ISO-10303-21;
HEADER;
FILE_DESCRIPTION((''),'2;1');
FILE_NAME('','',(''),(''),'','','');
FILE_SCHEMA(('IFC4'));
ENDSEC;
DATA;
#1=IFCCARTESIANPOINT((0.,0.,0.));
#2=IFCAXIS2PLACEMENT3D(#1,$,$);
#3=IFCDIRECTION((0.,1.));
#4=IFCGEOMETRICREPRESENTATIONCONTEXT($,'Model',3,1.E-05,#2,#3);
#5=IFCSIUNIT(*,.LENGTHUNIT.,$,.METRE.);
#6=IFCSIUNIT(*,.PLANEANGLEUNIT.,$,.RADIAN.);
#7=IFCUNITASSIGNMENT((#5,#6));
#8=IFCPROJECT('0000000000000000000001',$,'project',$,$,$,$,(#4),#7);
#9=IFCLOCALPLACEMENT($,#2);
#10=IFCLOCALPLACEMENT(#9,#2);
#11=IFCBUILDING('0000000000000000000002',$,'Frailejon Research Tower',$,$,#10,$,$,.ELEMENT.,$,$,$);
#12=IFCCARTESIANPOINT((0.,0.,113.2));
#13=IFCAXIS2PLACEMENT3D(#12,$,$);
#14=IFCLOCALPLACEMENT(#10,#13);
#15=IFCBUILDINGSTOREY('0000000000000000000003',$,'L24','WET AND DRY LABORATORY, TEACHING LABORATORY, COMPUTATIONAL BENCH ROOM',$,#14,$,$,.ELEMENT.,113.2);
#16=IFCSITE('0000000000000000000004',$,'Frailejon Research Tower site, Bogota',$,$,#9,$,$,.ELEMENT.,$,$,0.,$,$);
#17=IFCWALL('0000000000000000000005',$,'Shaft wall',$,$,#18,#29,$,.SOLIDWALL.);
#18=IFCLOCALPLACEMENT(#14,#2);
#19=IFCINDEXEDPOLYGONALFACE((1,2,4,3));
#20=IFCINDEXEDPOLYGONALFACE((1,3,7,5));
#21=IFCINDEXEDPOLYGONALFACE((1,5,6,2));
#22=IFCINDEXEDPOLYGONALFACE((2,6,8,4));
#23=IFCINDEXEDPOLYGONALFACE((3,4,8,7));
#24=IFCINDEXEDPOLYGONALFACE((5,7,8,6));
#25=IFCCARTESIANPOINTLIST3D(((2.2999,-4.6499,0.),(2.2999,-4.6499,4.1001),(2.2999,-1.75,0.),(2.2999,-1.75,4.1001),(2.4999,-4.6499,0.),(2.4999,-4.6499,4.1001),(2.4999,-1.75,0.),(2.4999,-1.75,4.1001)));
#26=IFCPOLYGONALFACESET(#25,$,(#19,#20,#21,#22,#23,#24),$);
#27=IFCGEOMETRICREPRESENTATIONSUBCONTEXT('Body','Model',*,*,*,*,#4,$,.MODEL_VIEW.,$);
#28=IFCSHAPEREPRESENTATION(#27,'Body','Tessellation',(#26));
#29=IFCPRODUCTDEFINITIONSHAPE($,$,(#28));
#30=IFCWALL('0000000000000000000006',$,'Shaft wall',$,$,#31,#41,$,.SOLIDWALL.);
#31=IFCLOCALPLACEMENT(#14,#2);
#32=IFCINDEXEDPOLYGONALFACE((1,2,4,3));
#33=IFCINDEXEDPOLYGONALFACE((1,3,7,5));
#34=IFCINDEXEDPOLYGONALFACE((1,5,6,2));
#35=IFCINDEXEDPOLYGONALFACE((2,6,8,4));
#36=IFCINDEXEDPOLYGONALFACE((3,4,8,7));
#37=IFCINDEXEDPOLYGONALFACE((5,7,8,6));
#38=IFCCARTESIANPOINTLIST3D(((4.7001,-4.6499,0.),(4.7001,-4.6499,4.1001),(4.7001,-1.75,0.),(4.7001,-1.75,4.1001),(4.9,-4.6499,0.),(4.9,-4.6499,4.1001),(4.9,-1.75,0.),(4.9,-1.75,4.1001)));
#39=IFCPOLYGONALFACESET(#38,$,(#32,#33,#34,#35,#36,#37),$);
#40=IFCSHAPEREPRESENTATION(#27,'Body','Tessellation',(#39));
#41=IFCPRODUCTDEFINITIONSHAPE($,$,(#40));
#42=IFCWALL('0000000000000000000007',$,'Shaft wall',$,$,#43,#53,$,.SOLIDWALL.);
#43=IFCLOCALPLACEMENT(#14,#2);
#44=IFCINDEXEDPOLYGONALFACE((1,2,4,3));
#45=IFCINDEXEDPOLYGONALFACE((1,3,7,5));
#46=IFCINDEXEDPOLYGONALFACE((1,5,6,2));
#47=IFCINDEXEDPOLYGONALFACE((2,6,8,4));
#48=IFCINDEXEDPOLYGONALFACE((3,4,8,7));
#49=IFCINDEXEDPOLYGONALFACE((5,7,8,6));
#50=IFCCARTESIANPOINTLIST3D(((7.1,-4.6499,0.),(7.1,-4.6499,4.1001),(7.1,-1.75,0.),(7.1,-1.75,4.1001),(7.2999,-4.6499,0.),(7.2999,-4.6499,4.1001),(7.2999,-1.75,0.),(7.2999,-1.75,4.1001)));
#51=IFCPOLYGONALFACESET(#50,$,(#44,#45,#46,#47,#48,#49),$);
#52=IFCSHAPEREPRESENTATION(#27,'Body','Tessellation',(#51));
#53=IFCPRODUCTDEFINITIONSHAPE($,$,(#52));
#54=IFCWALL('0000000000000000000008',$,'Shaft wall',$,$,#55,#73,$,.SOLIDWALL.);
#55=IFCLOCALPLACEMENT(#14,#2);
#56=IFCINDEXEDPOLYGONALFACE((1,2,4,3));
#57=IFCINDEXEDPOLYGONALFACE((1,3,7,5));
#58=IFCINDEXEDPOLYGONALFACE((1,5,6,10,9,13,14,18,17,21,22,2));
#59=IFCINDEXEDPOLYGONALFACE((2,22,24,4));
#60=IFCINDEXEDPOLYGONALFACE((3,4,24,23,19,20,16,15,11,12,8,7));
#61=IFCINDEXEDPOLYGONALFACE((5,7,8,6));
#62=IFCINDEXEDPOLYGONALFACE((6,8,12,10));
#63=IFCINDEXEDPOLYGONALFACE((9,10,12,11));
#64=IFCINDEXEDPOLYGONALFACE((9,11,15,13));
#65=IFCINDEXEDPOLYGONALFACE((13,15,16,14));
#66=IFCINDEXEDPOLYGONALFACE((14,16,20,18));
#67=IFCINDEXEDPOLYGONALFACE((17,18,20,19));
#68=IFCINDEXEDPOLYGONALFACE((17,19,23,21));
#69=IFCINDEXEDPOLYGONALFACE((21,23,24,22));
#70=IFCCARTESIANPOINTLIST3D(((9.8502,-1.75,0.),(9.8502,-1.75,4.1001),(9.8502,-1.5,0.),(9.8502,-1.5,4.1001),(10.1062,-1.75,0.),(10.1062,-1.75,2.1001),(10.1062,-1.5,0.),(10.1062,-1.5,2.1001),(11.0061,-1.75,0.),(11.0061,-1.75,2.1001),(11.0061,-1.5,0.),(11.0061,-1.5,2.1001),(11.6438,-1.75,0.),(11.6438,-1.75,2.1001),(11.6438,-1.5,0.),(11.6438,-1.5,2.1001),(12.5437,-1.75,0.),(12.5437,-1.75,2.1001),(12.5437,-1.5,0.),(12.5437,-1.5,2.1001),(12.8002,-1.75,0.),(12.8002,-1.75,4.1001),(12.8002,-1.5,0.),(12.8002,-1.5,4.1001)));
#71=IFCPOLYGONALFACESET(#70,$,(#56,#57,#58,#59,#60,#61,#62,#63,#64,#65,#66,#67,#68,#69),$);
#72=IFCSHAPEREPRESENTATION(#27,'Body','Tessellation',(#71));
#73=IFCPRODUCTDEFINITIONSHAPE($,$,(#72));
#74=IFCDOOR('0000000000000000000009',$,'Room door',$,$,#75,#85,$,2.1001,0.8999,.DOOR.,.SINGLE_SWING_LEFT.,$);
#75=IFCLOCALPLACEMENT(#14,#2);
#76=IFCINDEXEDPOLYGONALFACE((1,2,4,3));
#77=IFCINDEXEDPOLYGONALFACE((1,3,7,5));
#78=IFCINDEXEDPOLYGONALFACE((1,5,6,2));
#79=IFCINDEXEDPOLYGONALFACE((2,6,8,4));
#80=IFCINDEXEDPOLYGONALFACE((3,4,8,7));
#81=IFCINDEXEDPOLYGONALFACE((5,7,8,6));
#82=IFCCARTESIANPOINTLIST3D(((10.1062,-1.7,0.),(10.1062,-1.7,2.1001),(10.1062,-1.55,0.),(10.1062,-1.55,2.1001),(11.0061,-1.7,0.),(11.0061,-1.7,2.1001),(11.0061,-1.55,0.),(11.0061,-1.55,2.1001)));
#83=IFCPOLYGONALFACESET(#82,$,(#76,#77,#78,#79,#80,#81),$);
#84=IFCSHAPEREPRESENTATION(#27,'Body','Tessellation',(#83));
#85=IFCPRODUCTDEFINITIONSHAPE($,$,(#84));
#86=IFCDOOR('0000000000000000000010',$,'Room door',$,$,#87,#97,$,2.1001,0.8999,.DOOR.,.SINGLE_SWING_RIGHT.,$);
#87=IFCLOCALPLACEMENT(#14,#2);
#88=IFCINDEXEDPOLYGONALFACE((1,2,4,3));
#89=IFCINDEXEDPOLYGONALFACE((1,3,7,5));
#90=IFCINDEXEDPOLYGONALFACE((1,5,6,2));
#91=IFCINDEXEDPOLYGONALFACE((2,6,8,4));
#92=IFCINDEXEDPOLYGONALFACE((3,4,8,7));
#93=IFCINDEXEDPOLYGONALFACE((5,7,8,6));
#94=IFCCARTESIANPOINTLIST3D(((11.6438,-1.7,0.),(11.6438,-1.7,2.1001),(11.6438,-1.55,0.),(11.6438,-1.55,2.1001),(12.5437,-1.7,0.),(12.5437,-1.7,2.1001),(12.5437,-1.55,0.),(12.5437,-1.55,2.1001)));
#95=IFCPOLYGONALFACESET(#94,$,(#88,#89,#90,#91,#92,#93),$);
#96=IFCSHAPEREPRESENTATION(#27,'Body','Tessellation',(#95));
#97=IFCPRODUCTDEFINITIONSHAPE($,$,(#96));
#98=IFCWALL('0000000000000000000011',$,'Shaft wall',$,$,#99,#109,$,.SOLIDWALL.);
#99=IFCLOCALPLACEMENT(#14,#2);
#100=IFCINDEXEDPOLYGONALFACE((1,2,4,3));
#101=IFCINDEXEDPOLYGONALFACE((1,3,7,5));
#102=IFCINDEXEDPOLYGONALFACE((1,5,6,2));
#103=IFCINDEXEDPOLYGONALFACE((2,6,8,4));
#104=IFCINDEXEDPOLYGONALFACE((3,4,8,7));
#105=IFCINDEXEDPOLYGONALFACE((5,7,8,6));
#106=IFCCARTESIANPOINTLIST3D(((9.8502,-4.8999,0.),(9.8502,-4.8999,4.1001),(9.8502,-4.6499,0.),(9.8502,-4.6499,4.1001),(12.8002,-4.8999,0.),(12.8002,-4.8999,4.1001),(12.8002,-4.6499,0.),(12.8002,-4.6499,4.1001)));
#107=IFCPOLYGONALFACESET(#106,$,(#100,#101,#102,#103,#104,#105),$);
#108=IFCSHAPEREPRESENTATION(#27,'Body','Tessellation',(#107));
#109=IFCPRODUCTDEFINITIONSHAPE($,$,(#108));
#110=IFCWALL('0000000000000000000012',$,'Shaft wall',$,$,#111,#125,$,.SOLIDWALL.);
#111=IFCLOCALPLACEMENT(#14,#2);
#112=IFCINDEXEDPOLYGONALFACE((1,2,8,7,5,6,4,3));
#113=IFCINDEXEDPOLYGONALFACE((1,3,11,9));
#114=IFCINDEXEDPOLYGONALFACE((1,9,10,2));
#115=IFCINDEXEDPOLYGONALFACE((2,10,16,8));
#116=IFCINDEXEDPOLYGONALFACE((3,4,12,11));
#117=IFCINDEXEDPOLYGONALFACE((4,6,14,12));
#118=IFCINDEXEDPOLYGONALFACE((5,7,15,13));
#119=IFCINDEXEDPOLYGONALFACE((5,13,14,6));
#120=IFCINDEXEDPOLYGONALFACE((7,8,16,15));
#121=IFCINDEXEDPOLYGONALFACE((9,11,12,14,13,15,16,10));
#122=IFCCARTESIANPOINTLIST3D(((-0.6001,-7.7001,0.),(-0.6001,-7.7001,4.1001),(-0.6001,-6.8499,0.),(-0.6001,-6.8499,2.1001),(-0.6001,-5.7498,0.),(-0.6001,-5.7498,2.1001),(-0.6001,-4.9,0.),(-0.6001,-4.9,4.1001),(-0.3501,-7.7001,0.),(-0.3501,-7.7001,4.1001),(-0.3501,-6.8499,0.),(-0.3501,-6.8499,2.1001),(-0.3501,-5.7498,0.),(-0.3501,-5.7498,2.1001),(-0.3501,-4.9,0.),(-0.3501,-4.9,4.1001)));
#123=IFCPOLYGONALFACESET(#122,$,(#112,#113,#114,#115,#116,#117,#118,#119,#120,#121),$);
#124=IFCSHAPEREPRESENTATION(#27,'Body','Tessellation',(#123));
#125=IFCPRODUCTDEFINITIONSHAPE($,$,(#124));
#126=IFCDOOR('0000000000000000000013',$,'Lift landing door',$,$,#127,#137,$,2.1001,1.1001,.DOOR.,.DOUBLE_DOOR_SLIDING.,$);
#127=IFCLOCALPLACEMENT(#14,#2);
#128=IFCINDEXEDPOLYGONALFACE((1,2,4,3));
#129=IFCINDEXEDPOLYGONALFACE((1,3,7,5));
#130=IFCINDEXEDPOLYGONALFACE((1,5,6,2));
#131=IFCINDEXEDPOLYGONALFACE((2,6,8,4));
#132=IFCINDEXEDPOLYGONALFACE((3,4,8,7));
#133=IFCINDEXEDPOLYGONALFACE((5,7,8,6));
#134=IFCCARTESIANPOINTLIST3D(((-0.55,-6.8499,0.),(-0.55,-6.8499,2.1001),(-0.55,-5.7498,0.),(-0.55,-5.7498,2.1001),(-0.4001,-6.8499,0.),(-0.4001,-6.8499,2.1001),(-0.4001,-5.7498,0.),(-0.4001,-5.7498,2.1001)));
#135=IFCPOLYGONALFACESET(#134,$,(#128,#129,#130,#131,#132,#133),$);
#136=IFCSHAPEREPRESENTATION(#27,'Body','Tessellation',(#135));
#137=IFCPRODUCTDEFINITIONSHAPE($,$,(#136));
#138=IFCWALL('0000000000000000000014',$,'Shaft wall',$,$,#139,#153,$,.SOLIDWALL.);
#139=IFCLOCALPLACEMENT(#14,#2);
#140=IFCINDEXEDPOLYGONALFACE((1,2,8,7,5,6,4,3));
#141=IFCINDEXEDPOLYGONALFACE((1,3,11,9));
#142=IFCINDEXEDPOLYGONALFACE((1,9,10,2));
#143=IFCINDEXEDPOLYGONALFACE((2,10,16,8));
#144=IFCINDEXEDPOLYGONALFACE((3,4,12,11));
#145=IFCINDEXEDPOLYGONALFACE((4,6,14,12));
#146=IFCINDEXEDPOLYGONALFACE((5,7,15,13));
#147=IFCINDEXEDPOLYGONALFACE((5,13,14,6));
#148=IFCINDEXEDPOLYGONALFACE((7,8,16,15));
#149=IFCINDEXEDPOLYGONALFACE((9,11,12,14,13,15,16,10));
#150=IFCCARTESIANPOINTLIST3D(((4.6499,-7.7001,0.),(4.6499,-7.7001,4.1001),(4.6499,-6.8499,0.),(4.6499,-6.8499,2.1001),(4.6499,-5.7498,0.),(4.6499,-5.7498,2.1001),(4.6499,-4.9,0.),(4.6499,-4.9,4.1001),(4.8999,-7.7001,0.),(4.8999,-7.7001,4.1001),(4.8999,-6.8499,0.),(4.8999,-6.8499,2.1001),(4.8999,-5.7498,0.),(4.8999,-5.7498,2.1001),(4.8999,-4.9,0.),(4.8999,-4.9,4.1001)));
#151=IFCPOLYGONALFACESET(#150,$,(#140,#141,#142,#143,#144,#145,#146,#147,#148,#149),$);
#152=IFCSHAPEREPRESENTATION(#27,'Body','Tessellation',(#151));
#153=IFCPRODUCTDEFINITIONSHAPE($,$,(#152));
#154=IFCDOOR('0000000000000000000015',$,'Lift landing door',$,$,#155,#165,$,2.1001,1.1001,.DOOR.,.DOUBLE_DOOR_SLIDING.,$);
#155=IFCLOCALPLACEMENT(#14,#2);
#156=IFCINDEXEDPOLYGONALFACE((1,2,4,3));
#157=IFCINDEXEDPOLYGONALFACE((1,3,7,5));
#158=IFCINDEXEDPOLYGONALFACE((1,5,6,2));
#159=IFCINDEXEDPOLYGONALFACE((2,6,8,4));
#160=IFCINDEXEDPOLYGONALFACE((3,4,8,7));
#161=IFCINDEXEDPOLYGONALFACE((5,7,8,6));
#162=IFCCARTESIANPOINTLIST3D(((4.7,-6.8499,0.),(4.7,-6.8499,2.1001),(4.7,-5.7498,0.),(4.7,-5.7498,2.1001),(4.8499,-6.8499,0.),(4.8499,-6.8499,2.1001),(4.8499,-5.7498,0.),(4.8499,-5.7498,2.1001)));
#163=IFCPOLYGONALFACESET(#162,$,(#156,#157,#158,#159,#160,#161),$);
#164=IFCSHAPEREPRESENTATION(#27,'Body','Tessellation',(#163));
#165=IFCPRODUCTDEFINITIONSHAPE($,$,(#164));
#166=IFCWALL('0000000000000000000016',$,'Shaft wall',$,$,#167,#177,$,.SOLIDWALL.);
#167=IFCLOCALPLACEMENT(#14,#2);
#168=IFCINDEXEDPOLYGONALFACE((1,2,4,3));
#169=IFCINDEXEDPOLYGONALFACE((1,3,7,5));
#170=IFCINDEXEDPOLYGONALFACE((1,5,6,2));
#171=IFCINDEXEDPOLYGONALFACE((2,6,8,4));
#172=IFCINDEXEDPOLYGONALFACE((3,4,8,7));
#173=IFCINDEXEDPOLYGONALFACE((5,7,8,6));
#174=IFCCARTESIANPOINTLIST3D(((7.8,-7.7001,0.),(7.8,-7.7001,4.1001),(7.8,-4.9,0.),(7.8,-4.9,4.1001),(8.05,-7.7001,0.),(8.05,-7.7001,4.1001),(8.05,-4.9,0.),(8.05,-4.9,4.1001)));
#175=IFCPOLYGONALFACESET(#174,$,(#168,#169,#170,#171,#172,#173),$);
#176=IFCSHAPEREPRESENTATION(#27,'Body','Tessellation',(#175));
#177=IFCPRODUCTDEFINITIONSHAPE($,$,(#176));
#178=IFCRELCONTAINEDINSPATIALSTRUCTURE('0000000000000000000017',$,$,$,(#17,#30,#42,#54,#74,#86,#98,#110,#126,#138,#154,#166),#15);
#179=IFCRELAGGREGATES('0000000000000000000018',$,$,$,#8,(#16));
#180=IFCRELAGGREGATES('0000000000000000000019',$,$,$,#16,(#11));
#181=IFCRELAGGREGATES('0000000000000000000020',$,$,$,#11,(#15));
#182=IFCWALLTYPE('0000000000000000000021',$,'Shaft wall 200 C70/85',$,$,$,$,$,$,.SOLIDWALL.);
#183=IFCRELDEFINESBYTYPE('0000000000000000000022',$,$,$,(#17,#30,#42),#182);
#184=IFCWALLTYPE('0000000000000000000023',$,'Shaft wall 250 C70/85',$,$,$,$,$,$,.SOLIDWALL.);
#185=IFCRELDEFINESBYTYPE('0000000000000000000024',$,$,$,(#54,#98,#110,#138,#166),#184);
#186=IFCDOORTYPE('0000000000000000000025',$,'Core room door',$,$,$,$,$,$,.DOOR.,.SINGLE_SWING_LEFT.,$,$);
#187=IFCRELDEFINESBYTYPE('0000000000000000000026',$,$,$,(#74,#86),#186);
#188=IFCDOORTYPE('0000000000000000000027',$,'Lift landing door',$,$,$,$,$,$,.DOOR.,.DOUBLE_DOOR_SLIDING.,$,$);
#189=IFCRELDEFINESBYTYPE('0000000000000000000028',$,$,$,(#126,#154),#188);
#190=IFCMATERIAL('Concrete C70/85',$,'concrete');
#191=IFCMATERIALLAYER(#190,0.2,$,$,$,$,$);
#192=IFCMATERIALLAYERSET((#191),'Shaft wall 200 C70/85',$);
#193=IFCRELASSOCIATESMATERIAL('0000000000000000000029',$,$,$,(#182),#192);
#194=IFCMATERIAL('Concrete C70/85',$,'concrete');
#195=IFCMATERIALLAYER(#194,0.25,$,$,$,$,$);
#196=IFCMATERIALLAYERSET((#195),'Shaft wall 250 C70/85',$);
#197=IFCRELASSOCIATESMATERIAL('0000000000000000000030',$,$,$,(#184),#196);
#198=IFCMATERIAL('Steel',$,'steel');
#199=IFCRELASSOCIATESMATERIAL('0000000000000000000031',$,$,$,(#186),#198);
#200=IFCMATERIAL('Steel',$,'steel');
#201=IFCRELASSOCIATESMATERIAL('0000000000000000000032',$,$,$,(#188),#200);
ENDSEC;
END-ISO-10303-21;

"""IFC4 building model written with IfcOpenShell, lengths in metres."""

from ifc_helpers import new_model, si_unit, direction, frame, frame_2d, origin, place, context, subcontext, project, spatial, rectangle, extrude, material, layer, layer_set, type_object, element, fill, save


model = new_model("IFC4")

# Units and contexts
model_context = context("Model", 3, precision=1e-05, world=origin(), true_north=direction((0.0, 1.0)))
body_context = subcontext(model_context, "Body", "Model", "MODEL_VIEW")
ifc_project = project(units=[si_unit("LENGTHUNIT", "METRE"), si_unit("PLANEANGLEUNIT", "RADIAN")], contexts=[model_context])

# Site, building, storey
site_placement = place(None, origin())
site = spatial("IfcSite", under=ifc_project, at=site_placement, Name="Frailejon Research Tower site, Bogota", CompositionType="ELEMENT", RefElevation=0.0)
building_placement = place(site_placement, origin())
building = spatial("IfcBuilding", under=site, at=building_placement, Name="Frailejon Research Tower", CompositionType="ELEMENT")
storey_placement = place(building_placement, frame((0.0, 0.0, 113.2)))
storey = spatial("IfcBuildingStorey", under=building, at=storey_placement, Name="L24", Description="WET AND DRY LABORATORY, TEACHING LABORATORY, COMPUTATIONAL BENCH ROOM", CompositionType="ELEMENT", Elevation=113.2)

# Walls
ifc_material_1 = material(Name="Concrete C70/85", Category="concrete")
ifc_layer_1 = layer(ifc_material_1, 0.2)
ifc_layer_set_1 = layer_set([ifc_layer_1], Name="Shaft wall 200 C70/85")
wall_type_1 = type_object("IfcWallType", Name="Shaft wall 200 C70/85", PredefinedType="SOLIDWALL", material=ifc_layer_set_1)
for number, where, z_axis, x_axis, name in (
    (1, (2.3999, -4.6499, 0.0), (0.0, 0.0, 1.0), (0.0, 1.0, 0.0), "Shaft wall"),
    (2, (4.8, -4.6499, 0.0), (0.0, 0.0, 1.0), (0.0, 1.0, 0.0), "Shaft wall"),
    (3, (7.2, -4.6499, 0.0), (0.0, 0.0, 1.0), (0.0, 1.0, 0.0), "Shaft wall"),
):
    element("IfcWall", number, at=place(storey_placement, frame(where, z_axis=z_axis, x_axis=x_axis)), inside=storey, type_object=wall_type_1, Name=name, PredefinedType="SOLIDWALL", context=body_context, shape_type="SweptSolid", body=[
        extrude(rectangle(XDim=2.8999, YDim=0.2, at=frame_2d((1.45, 0.0))), origin(), (0.0, 0.0, 1.0), 4.1001),
    ])

# Wall, openings, doors
ifc_material_2 = material(Name="Concrete C70/85", Category="concrete")
ifc_layer_2 = layer(ifc_material_2, 0.25)
ifc_layer_set_2 = layer_set([ifc_layer_2], Name="Shaft wall 250 C70/85")
wall_type_2 = type_object("IfcWallType", Name="Shaft wall 250 C70/85", PredefinedType="SOLIDWALL", material=ifc_layer_set_2)
wall_1_placement = place(storey_placement, frame((9.8501, -1.625, 0.0), z_axis=(0.0, 0.0, 1.0), x_axis=(1.0, 0.0, 0.0)))
wall_1 = element("IfcWall", 4, at=wall_1_placement, inside=storey, type_object=wall_type_2, Name="Shaft wall", PredefinedType="SOLIDWALL", context=body_context, shape_type="SweptSolid", body=[
    extrude(rectangle(XDim=2.95, YDim=0.25, at=frame_2d((1.4751, 0.0))), origin(), (0.0, 0.0, 1.0), 4.1001),
])
opening_1_placement = place(wall_1_placement, frame((0.2561, 0.0, 0.0)))
opening_1 = element("IfcOpeningElement", 5, at=opening_1_placement, cuts=wall_1, PredefinedType="OPENING", context=body_context, shape_type="SweptSolid", body=[
    extrude(rectangle(XDim=0.8999, YDim=2.1001, at=frame_2d((0.45, 1.05))), frame((0.0, 0.135, 0.0), z_axis=(0.0, -1.0, 0.0), x_axis=(1.0, 0.0, 0.0)), (0.0, 0.0, 1.0), 0.27),
])
opening_2_placement = place(wall_1_placement, frame((1.7937, 0.0, 0.0)))
opening_2 = element("IfcOpeningElement", 6, at=opening_2_placement, cuts=wall_1, PredefinedType="OPENING", context=body_context, shape_type="SweptSolid", body=[
    extrude(rectangle(XDim=0.8999, YDim=2.1001, at=frame_2d((0.45, 1.05))), frame((0.0, 0.135, 0.0), z_axis=(0.0, -1.0, 0.0), x_axis=(1.0, 0.0, 0.0)), (0.0, 0.0, 1.0), 0.27),
])
ifc_material_3 = material(Name="Steel", Category="steel")
door_type_1 = type_object("IfcDoorType", Name="Core room door", OperationType="SINGLE_SWING_LEFT", PredefinedType="DOOR", material=ifc_material_3)
door_1_placement = place(opening_1_placement, origin())
door_1 = element("IfcDoor", 7, at=door_1_placement, inside=storey, type_object=door_type_1, Name="Room door", OperationType="SINGLE_SWING_LEFT", OverallHeight=2.1001, OverallWidth=0.8999, PredefinedType="DOOR", context=body_context, shape_type="SweptSolid", body=[
    extrude(rectangle(XDim=0.8999, YDim=2.1001, at=frame_2d((0.45, 1.05))), frame((0.0, 0.075, 0.0), z_axis=(0.0, -1.0, 0.0), x_axis=(1.0, 0.0, 0.0)), (0.0, 0.0, 1.0), 0.1499),
])
fill(opening_1, door_1)
door_2_placement = place(opening_2_placement, origin())
door_2 = element("IfcDoor", 8, at=door_2_placement, inside=storey, type_object=door_type_1, Name="Room door", OperationType="SINGLE_SWING_RIGHT", OverallHeight=2.1001, OverallWidth=0.8999, PredefinedType="DOOR", context=body_context, shape_type="SweptSolid", body=[
    extrude(rectangle(XDim=0.8999, YDim=2.1001, at=frame_2d((0.45, 1.05))), frame((0.0, 0.075, 0.0), z_axis=(0.0, -1.0, 0.0), x_axis=(1.0, 0.0, 0.0)), (0.0, 0.0, 1.0), 0.1499),
])
fill(opening_2, door_2)

# Wall
wall_2_placement = place(storey_placement, frame((9.8501, -4.7749, 0.0), z_axis=(0.0, 0.0, 1.0), x_axis=(1.0, 0.0, 0.0)))
element("IfcWall", 9, at=wall_2_placement, inside=storey, type_object=wall_type_2, Name="Shaft wall", PredefinedType="SOLIDWALL", context=body_context, shape_type="SweptSolid", body=[
    extrude(rectangle(XDim=2.95, YDim=0.25, at=frame_2d((1.4751, 0.0))), origin(), (0.0, 0.0, 1.0), 4.1001),
])

# Walls, openings, doors
wall_3_placement = place(storey_placement, frame((-0.4751, -7.7, 0.0), z_axis=(0.0, 0.0, 1.0), x_axis=(0.0, 1.0, 0.0)))
wall_3 = element("IfcWall", 10, at=wall_3_placement, inside=storey, type_object=wall_type_2, Name="Shaft wall", PredefinedType="SOLIDWALL", context=body_context, shape_type="SweptSolid", body=[
    extrude(rectangle(XDim=2.8, YDim=0.25, at=frame_2d((1.3999, 0.0))), origin(), (0.0, 0.0, 1.0), 4.1001),
])
opening_3_placement = place(wall_3_placement, frame((0.8501, 0.0, 0.0)))
opening_3 = element("IfcOpeningElement", 11, at=opening_3_placement, cuts=wall_3, PredefinedType="OPENING", context=body_context, shape_type="SweptSolid", body=[
    extrude(rectangle(XDim=1.1001, YDim=2.1001, at=frame_2d((0.55, 1.05))), frame((0.0, 0.135, 0.0), z_axis=(0.0, -1.0, 0.0), x_axis=(1.0, 0.0, 0.0)), (0.0, 0.0, 1.0), 0.27),
])
ifc_material_4 = material(Name="Steel", Category="steel")
door_type_2 = type_object("IfcDoorType", Name="Lift landing door", OperationType="DOUBLE_DOOR_SLIDING", PredefinedType="DOOR", material=ifc_material_4)
door_3_placement = place(opening_3_placement, origin())
door_3 = element("IfcDoor", 12, at=door_3_placement, inside=storey, type_object=door_type_2, Name="Lift landing door", OperationType="DOUBLE_DOOR_SLIDING", OverallHeight=2.1001, OverallWidth=1.1001, PredefinedType="DOOR", context=body_context, shape_type="SweptSolid", body=[
    extrude(rectangle(XDim=1.1001, YDim=2.1001, at=frame_2d((0.55, 1.05))), frame((0.0, 0.075, 0.0), z_axis=(0.0, -1.0, 0.0), x_axis=(1.0, 0.0, 0.0)), (0.0, 0.0, 1.0), 0.1499),
])
fill(opening_3, door_3)
wall_4_placement = place(storey_placement, frame((4.7749, -7.7, 0.0), z_axis=(0.0, 0.0, 1.0), x_axis=(0.0, 1.0, 0.0)))
wall_4 = element("IfcWall", 13, at=wall_4_placement, inside=storey, type_object=wall_type_2, Name="Shaft wall", PredefinedType="SOLIDWALL", context=body_context, shape_type="SweptSolid", body=[
    extrude(rectangle(XDim=2.8, YDim=0.25, at=frame_2d((1.3999, 0.0))), origin(), (0.0, 0.0, 1.0), 4.1001),
])
opening_4_placement = place(wall_4_placement, frame((0.8501, 0.0, 0.0)))
opening_4 = element("IfcOpeningElement", 14, at=opening_4_placement, cuts=wall_4, PredefinedType="OPENING", context=body_context, shape_type="SweptSolid", body=[
    extrude(rectangle(XDim=1.1001, YDim=2.1001, at=frame_2d((0.55, 1.05))), frame((0.0, 0.135, 0.0), z_axis=(0.0, -1.0, 0.0), x_axis=(1.0, 0.0, 0.0)), (0.0, 0.0, 1.0), 0.27),
])
door_4_placement = place(opening_4_placement, origin())
door_4 = element("IfcDoor", 15, at=door_4_placement, inside=storey, type_object=door_type_2, Name="Lift landing door", OperationType="DOUBLE_DOOR_SLIDING", OverallHeight=2.1001, OverallWidth=1.1001, PredefinedType="DOOR", context=body_context, shape_type="SweptSolid", body=[
    extrude(rectangle(XDim=1.1001, YDim=2.1001, at=frame_2d((0.55, 1.05))), frame((0.0, 0.075, 0.0), z_axis=(0.0, -1.0, 0.0), x_axis=(1.0, 0.0, 0.0)), (0.0, 0.0, 1.0), 0.1499),
])
fill(opening_4, door_4)

# Wall
wall_5_placement = place(storey_placement, frame((7.925, -7.7, 0.0), z_axis=(0.0, 0.0, 1.0), x_axis=(0.0, 1.0, 0.0)))
element("IfcWall", 16, at=wall_5_placement, inside=storey, type_object=wall_type_2, Name="Shaft wall", PredefinedType="SOLIDWALL", context=body_context, shape_type="SweptSolid", body=[
    extrude(rectangle(XDim=2.8, YDim=0.25, at=frame_2d((1.3999, 0.0))), origin(), (0.0, 0.0, 1.0), 4.1001),
])

save(model, "model.ifc")
